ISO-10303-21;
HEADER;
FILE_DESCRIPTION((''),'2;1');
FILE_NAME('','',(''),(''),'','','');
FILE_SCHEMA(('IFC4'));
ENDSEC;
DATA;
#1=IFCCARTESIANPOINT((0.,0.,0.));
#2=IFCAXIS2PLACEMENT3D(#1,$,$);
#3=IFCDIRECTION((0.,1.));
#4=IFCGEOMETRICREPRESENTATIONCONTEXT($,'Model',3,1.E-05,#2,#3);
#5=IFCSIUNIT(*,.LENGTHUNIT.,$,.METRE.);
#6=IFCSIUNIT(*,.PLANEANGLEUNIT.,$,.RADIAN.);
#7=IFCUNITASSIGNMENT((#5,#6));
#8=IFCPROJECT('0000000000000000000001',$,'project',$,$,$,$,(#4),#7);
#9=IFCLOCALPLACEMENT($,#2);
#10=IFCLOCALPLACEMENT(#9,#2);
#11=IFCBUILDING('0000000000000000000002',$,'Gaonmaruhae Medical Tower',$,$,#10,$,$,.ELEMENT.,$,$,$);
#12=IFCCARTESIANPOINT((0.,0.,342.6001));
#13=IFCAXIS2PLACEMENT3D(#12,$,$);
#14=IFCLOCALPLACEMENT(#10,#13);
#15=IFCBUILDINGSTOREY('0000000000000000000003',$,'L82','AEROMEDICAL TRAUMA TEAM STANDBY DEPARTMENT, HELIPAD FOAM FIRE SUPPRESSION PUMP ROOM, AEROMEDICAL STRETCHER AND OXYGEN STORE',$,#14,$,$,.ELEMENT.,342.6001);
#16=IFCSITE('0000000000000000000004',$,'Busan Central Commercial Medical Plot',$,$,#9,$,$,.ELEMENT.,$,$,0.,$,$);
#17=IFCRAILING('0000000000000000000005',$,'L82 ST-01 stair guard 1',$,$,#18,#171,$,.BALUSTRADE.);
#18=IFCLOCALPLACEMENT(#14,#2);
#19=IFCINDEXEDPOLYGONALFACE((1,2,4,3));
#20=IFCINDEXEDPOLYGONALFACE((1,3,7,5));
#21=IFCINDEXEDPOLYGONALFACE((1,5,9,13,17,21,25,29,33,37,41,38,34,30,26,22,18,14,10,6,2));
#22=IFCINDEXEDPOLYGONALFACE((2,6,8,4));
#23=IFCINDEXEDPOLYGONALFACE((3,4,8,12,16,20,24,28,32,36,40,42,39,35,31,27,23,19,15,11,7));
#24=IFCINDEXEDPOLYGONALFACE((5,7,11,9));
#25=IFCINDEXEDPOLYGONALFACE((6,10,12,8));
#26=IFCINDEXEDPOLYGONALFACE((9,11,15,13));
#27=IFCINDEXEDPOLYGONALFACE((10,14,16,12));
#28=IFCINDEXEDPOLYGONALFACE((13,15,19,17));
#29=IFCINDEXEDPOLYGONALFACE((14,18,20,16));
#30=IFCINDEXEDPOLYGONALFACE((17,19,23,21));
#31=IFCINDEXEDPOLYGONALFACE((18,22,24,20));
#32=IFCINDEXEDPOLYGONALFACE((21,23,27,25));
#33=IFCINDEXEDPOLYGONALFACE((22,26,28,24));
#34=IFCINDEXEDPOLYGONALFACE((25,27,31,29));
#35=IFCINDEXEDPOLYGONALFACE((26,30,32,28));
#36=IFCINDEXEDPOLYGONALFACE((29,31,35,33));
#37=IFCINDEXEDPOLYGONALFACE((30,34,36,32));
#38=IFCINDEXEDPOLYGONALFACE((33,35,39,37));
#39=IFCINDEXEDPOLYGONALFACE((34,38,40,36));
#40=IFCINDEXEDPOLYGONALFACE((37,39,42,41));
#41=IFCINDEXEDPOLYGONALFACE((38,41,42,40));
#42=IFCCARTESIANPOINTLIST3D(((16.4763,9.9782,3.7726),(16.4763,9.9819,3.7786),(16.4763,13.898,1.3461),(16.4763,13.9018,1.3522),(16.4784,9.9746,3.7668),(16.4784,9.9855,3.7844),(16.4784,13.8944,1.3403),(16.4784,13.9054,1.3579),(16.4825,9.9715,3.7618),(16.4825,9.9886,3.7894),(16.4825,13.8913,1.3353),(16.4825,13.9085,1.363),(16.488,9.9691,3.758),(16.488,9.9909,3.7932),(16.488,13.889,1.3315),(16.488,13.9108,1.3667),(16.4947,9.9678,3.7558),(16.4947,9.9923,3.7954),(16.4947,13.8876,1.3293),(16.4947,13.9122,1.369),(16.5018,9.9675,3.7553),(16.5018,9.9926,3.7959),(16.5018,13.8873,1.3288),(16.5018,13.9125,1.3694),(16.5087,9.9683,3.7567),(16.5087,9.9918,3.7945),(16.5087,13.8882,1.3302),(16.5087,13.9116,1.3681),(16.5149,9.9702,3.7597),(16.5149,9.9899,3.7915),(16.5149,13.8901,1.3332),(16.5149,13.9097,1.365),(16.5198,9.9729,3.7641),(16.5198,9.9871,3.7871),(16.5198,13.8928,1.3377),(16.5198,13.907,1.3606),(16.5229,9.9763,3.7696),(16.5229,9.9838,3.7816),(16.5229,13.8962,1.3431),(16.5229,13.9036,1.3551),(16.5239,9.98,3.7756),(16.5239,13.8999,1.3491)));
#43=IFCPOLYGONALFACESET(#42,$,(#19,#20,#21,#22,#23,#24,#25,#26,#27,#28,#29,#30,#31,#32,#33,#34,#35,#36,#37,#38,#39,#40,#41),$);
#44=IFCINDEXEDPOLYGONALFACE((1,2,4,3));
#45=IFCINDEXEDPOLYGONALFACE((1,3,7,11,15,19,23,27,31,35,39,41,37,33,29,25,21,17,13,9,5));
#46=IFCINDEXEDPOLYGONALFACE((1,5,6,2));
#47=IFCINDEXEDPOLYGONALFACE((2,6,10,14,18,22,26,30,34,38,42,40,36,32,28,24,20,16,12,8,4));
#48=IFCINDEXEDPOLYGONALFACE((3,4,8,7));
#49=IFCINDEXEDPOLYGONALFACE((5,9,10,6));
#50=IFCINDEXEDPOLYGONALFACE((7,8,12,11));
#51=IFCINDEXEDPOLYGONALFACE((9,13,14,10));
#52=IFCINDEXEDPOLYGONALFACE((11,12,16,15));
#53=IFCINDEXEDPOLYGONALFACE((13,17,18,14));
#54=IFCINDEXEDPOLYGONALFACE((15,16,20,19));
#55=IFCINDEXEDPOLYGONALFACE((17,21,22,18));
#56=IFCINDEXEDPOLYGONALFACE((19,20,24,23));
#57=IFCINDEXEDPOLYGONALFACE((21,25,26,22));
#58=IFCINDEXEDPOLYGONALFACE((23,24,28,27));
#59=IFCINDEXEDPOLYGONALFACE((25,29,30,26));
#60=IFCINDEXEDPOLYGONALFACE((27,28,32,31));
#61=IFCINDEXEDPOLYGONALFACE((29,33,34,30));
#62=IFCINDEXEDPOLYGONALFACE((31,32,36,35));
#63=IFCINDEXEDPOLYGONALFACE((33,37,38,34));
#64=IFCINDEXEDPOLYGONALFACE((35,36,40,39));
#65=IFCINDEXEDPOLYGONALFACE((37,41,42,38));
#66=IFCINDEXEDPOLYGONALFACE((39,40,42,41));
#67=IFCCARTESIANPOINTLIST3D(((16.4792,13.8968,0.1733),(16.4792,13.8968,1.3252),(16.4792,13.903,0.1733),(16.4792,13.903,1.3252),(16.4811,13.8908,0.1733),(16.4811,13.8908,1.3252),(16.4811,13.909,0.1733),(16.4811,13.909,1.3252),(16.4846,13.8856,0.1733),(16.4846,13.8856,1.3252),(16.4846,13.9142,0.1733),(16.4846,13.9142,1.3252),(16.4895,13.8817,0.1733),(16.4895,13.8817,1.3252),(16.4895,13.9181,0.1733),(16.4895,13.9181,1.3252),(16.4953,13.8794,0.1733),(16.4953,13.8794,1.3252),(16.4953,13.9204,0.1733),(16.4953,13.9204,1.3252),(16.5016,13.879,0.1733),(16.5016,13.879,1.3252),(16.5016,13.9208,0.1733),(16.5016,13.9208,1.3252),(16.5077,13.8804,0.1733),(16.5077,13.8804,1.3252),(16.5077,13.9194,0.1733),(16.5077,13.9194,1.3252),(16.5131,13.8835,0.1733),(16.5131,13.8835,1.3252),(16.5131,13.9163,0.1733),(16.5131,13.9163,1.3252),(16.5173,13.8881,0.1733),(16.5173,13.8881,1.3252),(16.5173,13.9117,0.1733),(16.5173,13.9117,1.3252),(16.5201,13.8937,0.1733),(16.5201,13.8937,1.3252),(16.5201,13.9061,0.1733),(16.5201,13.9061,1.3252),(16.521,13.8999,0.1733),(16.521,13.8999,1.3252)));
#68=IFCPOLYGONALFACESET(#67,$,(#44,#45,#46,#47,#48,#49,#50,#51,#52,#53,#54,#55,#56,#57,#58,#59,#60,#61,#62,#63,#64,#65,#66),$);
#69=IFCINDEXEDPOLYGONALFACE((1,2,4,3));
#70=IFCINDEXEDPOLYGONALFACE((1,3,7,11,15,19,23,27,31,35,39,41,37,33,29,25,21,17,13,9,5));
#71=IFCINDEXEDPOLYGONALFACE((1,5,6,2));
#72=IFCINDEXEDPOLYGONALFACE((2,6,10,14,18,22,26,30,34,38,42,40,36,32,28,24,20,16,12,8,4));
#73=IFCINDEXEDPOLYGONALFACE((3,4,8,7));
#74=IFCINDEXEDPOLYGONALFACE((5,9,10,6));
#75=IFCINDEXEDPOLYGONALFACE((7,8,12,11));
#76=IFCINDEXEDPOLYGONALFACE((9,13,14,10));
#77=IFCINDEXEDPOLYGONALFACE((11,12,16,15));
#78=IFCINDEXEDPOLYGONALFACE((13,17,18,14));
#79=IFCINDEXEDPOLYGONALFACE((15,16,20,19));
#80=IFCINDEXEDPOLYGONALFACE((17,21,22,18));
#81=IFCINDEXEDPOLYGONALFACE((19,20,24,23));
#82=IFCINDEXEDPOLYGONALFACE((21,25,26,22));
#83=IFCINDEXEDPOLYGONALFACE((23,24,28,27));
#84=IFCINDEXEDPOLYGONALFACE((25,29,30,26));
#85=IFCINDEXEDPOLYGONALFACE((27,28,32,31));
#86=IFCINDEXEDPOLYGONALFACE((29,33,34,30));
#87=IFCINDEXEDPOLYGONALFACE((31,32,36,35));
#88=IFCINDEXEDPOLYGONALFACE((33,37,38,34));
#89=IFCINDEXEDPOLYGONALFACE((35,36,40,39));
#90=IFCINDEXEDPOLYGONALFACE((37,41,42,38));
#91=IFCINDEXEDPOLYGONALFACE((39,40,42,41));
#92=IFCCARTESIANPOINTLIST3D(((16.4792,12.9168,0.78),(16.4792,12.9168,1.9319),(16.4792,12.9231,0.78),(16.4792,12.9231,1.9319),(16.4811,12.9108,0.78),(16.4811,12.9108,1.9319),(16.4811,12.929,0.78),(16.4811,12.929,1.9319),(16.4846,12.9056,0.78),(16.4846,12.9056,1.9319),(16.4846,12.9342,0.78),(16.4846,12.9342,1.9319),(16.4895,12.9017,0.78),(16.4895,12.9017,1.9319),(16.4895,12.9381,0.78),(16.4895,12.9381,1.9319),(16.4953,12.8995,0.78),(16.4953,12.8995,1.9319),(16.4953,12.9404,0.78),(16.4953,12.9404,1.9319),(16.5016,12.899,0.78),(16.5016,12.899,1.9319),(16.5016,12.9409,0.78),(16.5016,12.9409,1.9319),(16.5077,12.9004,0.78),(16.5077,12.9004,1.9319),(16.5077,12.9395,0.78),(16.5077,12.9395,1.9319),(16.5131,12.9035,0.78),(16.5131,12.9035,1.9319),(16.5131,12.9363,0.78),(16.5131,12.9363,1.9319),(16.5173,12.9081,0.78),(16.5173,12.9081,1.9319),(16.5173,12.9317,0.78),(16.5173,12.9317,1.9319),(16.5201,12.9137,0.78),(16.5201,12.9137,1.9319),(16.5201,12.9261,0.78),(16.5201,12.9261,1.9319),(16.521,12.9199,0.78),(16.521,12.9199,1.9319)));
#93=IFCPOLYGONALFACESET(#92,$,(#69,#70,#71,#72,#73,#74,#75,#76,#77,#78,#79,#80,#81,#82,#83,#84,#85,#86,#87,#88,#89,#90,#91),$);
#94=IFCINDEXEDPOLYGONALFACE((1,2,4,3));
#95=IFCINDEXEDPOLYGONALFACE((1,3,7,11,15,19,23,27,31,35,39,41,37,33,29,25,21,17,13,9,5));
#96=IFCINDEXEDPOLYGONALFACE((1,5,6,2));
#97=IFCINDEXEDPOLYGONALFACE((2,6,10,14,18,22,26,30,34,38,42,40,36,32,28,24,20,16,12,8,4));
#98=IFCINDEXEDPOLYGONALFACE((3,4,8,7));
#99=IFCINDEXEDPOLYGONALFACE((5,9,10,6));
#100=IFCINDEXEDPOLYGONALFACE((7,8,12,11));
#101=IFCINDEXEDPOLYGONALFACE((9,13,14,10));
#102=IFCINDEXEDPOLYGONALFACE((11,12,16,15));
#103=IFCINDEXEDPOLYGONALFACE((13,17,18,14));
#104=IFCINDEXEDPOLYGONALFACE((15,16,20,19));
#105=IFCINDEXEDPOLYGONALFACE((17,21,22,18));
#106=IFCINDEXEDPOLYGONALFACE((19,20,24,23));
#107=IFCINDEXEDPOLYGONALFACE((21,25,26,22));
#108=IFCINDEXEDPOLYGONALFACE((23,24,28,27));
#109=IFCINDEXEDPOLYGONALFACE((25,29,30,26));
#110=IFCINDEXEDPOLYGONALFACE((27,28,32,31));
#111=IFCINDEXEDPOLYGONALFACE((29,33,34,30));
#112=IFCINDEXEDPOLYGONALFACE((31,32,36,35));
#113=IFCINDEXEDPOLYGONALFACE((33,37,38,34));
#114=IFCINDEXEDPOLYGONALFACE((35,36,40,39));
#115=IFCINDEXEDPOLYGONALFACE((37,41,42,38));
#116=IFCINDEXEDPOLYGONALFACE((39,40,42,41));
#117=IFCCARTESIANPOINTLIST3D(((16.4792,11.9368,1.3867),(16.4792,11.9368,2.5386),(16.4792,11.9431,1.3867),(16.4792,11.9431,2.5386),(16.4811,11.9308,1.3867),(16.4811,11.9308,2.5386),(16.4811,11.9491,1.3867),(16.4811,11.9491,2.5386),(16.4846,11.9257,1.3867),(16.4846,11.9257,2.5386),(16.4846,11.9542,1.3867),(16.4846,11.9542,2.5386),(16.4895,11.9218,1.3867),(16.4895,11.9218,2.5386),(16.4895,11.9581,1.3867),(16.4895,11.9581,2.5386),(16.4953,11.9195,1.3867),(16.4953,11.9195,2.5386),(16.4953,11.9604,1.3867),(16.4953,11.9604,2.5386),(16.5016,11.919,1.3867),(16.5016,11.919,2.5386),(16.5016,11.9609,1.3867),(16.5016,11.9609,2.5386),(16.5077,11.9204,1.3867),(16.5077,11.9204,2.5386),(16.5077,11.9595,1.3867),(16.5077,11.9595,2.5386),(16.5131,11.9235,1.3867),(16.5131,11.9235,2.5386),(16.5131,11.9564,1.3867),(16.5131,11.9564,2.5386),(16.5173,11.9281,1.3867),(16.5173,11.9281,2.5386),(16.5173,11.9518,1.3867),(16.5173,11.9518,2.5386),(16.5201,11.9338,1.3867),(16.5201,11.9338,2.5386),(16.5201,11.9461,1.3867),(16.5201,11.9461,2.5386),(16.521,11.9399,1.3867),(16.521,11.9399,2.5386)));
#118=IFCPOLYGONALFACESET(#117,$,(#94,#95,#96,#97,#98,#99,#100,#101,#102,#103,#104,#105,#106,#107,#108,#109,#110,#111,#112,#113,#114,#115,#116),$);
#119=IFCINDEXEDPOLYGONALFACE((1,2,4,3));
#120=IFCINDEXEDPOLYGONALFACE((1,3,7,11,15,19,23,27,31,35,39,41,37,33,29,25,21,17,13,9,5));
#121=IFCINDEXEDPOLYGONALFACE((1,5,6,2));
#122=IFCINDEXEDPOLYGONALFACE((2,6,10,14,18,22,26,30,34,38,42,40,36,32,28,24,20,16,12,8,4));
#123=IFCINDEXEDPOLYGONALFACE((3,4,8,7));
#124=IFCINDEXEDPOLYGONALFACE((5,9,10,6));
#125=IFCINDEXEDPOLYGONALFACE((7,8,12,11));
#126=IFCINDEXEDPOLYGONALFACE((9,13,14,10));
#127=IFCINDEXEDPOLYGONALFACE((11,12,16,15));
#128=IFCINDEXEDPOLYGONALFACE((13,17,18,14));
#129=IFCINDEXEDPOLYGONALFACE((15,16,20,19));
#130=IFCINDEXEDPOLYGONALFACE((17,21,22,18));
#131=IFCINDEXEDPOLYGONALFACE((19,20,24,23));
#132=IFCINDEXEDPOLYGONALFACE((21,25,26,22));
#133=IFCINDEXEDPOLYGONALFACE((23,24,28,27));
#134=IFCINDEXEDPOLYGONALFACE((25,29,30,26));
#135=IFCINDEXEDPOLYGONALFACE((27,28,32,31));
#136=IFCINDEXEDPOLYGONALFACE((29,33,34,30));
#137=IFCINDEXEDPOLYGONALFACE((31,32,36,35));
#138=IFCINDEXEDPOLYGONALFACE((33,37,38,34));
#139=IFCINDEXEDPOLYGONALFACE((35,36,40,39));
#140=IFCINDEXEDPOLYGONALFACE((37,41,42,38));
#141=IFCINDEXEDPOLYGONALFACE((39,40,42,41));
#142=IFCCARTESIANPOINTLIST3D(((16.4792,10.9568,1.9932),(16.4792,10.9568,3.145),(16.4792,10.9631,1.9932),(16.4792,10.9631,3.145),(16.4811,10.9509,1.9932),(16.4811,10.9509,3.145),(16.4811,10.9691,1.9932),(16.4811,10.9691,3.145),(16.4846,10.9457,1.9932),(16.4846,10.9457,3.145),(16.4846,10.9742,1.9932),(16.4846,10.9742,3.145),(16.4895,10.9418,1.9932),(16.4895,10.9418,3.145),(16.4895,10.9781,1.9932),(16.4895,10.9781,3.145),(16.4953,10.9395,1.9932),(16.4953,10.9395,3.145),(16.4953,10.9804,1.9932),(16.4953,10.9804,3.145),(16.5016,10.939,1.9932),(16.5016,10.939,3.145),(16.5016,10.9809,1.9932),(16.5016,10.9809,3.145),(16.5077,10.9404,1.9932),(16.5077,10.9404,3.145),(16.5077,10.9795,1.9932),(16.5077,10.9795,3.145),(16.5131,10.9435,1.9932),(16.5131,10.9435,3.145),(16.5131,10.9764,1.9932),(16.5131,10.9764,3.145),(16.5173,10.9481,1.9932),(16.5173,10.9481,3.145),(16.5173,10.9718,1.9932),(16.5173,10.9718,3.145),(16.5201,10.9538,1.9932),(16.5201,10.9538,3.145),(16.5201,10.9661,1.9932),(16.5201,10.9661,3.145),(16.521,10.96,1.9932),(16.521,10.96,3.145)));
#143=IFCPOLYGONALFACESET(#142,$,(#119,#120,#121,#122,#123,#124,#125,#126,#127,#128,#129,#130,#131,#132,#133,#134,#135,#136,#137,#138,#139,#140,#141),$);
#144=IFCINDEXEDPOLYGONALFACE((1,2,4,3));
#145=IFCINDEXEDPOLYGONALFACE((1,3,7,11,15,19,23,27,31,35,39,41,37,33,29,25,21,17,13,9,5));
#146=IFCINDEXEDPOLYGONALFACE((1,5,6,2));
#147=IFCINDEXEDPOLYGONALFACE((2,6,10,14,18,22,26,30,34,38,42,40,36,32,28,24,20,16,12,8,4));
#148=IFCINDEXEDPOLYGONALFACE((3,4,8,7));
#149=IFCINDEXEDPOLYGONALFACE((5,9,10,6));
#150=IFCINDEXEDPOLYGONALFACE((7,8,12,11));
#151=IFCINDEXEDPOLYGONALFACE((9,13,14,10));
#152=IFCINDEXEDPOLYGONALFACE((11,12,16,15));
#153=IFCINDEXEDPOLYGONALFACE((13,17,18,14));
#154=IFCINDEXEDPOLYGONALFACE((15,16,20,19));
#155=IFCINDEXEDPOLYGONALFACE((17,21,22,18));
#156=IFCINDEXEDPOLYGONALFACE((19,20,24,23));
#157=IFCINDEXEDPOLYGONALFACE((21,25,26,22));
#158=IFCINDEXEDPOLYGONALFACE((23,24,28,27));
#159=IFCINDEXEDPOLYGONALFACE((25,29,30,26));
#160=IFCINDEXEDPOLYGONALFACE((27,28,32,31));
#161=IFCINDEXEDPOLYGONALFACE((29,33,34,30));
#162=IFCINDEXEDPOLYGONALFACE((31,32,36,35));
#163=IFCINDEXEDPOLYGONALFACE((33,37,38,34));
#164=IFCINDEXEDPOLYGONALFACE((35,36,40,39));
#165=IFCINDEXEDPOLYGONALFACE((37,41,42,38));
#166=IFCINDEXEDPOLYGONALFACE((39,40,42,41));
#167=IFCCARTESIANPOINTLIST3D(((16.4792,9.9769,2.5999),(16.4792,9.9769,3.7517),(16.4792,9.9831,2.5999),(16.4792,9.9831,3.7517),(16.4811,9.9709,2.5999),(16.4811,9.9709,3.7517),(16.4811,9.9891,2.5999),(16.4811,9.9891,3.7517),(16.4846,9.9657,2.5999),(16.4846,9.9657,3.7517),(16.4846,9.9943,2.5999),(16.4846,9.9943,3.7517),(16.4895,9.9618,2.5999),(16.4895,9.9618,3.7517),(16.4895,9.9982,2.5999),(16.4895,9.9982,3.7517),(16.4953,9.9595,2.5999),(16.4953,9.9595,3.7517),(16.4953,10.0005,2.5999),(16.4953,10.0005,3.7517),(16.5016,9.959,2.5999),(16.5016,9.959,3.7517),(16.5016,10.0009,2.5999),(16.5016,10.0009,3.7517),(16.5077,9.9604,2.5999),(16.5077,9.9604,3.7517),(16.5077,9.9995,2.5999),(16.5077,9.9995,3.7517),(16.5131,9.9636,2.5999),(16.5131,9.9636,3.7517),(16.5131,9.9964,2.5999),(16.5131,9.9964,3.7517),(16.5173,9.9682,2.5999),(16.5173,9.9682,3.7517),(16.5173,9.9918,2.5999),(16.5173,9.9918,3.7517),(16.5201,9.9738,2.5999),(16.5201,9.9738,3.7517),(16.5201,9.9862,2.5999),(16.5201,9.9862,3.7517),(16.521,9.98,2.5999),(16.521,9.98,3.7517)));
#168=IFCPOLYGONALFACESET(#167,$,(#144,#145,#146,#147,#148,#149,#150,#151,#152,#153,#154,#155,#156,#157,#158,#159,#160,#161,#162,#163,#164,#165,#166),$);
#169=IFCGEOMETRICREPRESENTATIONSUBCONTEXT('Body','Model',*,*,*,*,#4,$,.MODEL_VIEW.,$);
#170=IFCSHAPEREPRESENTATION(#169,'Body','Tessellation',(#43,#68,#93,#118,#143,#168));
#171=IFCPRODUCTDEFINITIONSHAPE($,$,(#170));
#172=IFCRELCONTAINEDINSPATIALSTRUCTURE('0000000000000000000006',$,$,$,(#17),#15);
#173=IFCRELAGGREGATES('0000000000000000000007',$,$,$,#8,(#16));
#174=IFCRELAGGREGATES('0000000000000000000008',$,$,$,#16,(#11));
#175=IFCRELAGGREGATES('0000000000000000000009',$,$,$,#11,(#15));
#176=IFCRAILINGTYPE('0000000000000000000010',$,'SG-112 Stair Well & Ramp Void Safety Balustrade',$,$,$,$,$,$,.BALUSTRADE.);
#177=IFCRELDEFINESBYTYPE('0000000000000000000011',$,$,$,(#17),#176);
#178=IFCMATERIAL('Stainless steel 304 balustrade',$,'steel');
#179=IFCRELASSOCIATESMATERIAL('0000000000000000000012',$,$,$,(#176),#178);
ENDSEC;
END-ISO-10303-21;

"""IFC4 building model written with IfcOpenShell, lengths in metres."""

from ifc_helpers import new_model, si_unit, direction, frame, origin, origin_2d, place, context, subcontext, project, spatial, circle, extrude, material, type_object, element, save


model = new_model("IFC4")

# Units and contexts
model_context = context("Model", 3, precision=1e-05, world=origin(), true_north=direction((0.0, 1.0)))
body_context = subcontext(model_context, "Body", "Model", "MODEL_VIEW")
ifc_project = project(units=[si_unit("LENGTHUNIT", "METRE"), si_unit("PLANEANGLEUNIT", "RADIAN")], contexts=[model_context])

# Site, building, storey
site_placement = place(None, origin())
site = spatial("IfcSite", under=ifc_project, at=site_placement, Name="Busan Central Commercial Medical Plot", CompositionType="ELEMENT", RefElevation=0.0)
building_placement = place(site_placement, origin())
building = spatial("IfcBuilding", under=site, at=building_placement, Name="Gaonmaruhae Medical Tower", CompositionType="ELEMENT")
storey_placement = place(building_placement, frame((0.0, 0.0, 342.6001)))
storey = spatial("IfcBuildingStorey", under=building, at=storey_placement, Name="L82", Description="AEROMEDICAL TRAUMA TEAM STANDBY DEPARTMENT, HELIPAD FOAM FIRE SUPPRESSION PUMP ROOM, AEROMEDICAL STRETCHER AND OXYGEN STORE", CompositionType="ELEMENT", Elevation=342.6001)

# Railing
ifc_material_1 = material(Name="Stainless steel 304 balustrade", Category="steel")
railing_type_1 = type_object("IfcRailingType", Name="SG-112 Stair Well & Ramp Void Safety Balustrade", PredefinedType="BALUSTRADE", material=ifc_material_1)
railing_1_placement = place(storey_placement, frame((16.5, 13.8999, 0.1733)))
element("IfcRailing", 1, at=railing_1_placement, inside=storey, type_object=railing_type_1, Name="L82 ST-01 stair guard 1", PredefinedType="BALUSTRADE", context=body_context, shape_type="SweptSolid", body=[
    extrude(circle(Radius=0.0239, at=origin_2d()), frame((0.0, 0.0, 1.1758), z_axis=(0.0, -0.850275, 0.526338), x_axis=(1.0, 0.0, 0.0)), (0.0, 0.0, 1.0), 4.6101),
    extrude(circle(Radius=0.021, at=origin_2d()), origin(), (0.0, 0.0, 1.0), 1.1519),
    extrude(circle(Radius=0.021, at=origin_2d()), frame((0.0, -0.98, 0.6067)), (0.0, 0.0, 1.0), 1.1519),
    extrude(circle(Radius=0.021, at=origin_2d()), frame((0.0, -1.96, 1.2134)), (0.0, 0.0, 1.0), 1.1519),
    extrude(circle(Radius=0.021, at=origin_2d()), frame((0.0, -2.9399, 1.8198)), (0.0, 0.0, 1.0), 1.1519),
    extrude(circle(Radius=0.021, at=origin_2d()), frame((0.0, -3.9199, 2.4265)), (0.0, 0.0, 1.0), 1.1519),
])

save(model, "model.ifc")
